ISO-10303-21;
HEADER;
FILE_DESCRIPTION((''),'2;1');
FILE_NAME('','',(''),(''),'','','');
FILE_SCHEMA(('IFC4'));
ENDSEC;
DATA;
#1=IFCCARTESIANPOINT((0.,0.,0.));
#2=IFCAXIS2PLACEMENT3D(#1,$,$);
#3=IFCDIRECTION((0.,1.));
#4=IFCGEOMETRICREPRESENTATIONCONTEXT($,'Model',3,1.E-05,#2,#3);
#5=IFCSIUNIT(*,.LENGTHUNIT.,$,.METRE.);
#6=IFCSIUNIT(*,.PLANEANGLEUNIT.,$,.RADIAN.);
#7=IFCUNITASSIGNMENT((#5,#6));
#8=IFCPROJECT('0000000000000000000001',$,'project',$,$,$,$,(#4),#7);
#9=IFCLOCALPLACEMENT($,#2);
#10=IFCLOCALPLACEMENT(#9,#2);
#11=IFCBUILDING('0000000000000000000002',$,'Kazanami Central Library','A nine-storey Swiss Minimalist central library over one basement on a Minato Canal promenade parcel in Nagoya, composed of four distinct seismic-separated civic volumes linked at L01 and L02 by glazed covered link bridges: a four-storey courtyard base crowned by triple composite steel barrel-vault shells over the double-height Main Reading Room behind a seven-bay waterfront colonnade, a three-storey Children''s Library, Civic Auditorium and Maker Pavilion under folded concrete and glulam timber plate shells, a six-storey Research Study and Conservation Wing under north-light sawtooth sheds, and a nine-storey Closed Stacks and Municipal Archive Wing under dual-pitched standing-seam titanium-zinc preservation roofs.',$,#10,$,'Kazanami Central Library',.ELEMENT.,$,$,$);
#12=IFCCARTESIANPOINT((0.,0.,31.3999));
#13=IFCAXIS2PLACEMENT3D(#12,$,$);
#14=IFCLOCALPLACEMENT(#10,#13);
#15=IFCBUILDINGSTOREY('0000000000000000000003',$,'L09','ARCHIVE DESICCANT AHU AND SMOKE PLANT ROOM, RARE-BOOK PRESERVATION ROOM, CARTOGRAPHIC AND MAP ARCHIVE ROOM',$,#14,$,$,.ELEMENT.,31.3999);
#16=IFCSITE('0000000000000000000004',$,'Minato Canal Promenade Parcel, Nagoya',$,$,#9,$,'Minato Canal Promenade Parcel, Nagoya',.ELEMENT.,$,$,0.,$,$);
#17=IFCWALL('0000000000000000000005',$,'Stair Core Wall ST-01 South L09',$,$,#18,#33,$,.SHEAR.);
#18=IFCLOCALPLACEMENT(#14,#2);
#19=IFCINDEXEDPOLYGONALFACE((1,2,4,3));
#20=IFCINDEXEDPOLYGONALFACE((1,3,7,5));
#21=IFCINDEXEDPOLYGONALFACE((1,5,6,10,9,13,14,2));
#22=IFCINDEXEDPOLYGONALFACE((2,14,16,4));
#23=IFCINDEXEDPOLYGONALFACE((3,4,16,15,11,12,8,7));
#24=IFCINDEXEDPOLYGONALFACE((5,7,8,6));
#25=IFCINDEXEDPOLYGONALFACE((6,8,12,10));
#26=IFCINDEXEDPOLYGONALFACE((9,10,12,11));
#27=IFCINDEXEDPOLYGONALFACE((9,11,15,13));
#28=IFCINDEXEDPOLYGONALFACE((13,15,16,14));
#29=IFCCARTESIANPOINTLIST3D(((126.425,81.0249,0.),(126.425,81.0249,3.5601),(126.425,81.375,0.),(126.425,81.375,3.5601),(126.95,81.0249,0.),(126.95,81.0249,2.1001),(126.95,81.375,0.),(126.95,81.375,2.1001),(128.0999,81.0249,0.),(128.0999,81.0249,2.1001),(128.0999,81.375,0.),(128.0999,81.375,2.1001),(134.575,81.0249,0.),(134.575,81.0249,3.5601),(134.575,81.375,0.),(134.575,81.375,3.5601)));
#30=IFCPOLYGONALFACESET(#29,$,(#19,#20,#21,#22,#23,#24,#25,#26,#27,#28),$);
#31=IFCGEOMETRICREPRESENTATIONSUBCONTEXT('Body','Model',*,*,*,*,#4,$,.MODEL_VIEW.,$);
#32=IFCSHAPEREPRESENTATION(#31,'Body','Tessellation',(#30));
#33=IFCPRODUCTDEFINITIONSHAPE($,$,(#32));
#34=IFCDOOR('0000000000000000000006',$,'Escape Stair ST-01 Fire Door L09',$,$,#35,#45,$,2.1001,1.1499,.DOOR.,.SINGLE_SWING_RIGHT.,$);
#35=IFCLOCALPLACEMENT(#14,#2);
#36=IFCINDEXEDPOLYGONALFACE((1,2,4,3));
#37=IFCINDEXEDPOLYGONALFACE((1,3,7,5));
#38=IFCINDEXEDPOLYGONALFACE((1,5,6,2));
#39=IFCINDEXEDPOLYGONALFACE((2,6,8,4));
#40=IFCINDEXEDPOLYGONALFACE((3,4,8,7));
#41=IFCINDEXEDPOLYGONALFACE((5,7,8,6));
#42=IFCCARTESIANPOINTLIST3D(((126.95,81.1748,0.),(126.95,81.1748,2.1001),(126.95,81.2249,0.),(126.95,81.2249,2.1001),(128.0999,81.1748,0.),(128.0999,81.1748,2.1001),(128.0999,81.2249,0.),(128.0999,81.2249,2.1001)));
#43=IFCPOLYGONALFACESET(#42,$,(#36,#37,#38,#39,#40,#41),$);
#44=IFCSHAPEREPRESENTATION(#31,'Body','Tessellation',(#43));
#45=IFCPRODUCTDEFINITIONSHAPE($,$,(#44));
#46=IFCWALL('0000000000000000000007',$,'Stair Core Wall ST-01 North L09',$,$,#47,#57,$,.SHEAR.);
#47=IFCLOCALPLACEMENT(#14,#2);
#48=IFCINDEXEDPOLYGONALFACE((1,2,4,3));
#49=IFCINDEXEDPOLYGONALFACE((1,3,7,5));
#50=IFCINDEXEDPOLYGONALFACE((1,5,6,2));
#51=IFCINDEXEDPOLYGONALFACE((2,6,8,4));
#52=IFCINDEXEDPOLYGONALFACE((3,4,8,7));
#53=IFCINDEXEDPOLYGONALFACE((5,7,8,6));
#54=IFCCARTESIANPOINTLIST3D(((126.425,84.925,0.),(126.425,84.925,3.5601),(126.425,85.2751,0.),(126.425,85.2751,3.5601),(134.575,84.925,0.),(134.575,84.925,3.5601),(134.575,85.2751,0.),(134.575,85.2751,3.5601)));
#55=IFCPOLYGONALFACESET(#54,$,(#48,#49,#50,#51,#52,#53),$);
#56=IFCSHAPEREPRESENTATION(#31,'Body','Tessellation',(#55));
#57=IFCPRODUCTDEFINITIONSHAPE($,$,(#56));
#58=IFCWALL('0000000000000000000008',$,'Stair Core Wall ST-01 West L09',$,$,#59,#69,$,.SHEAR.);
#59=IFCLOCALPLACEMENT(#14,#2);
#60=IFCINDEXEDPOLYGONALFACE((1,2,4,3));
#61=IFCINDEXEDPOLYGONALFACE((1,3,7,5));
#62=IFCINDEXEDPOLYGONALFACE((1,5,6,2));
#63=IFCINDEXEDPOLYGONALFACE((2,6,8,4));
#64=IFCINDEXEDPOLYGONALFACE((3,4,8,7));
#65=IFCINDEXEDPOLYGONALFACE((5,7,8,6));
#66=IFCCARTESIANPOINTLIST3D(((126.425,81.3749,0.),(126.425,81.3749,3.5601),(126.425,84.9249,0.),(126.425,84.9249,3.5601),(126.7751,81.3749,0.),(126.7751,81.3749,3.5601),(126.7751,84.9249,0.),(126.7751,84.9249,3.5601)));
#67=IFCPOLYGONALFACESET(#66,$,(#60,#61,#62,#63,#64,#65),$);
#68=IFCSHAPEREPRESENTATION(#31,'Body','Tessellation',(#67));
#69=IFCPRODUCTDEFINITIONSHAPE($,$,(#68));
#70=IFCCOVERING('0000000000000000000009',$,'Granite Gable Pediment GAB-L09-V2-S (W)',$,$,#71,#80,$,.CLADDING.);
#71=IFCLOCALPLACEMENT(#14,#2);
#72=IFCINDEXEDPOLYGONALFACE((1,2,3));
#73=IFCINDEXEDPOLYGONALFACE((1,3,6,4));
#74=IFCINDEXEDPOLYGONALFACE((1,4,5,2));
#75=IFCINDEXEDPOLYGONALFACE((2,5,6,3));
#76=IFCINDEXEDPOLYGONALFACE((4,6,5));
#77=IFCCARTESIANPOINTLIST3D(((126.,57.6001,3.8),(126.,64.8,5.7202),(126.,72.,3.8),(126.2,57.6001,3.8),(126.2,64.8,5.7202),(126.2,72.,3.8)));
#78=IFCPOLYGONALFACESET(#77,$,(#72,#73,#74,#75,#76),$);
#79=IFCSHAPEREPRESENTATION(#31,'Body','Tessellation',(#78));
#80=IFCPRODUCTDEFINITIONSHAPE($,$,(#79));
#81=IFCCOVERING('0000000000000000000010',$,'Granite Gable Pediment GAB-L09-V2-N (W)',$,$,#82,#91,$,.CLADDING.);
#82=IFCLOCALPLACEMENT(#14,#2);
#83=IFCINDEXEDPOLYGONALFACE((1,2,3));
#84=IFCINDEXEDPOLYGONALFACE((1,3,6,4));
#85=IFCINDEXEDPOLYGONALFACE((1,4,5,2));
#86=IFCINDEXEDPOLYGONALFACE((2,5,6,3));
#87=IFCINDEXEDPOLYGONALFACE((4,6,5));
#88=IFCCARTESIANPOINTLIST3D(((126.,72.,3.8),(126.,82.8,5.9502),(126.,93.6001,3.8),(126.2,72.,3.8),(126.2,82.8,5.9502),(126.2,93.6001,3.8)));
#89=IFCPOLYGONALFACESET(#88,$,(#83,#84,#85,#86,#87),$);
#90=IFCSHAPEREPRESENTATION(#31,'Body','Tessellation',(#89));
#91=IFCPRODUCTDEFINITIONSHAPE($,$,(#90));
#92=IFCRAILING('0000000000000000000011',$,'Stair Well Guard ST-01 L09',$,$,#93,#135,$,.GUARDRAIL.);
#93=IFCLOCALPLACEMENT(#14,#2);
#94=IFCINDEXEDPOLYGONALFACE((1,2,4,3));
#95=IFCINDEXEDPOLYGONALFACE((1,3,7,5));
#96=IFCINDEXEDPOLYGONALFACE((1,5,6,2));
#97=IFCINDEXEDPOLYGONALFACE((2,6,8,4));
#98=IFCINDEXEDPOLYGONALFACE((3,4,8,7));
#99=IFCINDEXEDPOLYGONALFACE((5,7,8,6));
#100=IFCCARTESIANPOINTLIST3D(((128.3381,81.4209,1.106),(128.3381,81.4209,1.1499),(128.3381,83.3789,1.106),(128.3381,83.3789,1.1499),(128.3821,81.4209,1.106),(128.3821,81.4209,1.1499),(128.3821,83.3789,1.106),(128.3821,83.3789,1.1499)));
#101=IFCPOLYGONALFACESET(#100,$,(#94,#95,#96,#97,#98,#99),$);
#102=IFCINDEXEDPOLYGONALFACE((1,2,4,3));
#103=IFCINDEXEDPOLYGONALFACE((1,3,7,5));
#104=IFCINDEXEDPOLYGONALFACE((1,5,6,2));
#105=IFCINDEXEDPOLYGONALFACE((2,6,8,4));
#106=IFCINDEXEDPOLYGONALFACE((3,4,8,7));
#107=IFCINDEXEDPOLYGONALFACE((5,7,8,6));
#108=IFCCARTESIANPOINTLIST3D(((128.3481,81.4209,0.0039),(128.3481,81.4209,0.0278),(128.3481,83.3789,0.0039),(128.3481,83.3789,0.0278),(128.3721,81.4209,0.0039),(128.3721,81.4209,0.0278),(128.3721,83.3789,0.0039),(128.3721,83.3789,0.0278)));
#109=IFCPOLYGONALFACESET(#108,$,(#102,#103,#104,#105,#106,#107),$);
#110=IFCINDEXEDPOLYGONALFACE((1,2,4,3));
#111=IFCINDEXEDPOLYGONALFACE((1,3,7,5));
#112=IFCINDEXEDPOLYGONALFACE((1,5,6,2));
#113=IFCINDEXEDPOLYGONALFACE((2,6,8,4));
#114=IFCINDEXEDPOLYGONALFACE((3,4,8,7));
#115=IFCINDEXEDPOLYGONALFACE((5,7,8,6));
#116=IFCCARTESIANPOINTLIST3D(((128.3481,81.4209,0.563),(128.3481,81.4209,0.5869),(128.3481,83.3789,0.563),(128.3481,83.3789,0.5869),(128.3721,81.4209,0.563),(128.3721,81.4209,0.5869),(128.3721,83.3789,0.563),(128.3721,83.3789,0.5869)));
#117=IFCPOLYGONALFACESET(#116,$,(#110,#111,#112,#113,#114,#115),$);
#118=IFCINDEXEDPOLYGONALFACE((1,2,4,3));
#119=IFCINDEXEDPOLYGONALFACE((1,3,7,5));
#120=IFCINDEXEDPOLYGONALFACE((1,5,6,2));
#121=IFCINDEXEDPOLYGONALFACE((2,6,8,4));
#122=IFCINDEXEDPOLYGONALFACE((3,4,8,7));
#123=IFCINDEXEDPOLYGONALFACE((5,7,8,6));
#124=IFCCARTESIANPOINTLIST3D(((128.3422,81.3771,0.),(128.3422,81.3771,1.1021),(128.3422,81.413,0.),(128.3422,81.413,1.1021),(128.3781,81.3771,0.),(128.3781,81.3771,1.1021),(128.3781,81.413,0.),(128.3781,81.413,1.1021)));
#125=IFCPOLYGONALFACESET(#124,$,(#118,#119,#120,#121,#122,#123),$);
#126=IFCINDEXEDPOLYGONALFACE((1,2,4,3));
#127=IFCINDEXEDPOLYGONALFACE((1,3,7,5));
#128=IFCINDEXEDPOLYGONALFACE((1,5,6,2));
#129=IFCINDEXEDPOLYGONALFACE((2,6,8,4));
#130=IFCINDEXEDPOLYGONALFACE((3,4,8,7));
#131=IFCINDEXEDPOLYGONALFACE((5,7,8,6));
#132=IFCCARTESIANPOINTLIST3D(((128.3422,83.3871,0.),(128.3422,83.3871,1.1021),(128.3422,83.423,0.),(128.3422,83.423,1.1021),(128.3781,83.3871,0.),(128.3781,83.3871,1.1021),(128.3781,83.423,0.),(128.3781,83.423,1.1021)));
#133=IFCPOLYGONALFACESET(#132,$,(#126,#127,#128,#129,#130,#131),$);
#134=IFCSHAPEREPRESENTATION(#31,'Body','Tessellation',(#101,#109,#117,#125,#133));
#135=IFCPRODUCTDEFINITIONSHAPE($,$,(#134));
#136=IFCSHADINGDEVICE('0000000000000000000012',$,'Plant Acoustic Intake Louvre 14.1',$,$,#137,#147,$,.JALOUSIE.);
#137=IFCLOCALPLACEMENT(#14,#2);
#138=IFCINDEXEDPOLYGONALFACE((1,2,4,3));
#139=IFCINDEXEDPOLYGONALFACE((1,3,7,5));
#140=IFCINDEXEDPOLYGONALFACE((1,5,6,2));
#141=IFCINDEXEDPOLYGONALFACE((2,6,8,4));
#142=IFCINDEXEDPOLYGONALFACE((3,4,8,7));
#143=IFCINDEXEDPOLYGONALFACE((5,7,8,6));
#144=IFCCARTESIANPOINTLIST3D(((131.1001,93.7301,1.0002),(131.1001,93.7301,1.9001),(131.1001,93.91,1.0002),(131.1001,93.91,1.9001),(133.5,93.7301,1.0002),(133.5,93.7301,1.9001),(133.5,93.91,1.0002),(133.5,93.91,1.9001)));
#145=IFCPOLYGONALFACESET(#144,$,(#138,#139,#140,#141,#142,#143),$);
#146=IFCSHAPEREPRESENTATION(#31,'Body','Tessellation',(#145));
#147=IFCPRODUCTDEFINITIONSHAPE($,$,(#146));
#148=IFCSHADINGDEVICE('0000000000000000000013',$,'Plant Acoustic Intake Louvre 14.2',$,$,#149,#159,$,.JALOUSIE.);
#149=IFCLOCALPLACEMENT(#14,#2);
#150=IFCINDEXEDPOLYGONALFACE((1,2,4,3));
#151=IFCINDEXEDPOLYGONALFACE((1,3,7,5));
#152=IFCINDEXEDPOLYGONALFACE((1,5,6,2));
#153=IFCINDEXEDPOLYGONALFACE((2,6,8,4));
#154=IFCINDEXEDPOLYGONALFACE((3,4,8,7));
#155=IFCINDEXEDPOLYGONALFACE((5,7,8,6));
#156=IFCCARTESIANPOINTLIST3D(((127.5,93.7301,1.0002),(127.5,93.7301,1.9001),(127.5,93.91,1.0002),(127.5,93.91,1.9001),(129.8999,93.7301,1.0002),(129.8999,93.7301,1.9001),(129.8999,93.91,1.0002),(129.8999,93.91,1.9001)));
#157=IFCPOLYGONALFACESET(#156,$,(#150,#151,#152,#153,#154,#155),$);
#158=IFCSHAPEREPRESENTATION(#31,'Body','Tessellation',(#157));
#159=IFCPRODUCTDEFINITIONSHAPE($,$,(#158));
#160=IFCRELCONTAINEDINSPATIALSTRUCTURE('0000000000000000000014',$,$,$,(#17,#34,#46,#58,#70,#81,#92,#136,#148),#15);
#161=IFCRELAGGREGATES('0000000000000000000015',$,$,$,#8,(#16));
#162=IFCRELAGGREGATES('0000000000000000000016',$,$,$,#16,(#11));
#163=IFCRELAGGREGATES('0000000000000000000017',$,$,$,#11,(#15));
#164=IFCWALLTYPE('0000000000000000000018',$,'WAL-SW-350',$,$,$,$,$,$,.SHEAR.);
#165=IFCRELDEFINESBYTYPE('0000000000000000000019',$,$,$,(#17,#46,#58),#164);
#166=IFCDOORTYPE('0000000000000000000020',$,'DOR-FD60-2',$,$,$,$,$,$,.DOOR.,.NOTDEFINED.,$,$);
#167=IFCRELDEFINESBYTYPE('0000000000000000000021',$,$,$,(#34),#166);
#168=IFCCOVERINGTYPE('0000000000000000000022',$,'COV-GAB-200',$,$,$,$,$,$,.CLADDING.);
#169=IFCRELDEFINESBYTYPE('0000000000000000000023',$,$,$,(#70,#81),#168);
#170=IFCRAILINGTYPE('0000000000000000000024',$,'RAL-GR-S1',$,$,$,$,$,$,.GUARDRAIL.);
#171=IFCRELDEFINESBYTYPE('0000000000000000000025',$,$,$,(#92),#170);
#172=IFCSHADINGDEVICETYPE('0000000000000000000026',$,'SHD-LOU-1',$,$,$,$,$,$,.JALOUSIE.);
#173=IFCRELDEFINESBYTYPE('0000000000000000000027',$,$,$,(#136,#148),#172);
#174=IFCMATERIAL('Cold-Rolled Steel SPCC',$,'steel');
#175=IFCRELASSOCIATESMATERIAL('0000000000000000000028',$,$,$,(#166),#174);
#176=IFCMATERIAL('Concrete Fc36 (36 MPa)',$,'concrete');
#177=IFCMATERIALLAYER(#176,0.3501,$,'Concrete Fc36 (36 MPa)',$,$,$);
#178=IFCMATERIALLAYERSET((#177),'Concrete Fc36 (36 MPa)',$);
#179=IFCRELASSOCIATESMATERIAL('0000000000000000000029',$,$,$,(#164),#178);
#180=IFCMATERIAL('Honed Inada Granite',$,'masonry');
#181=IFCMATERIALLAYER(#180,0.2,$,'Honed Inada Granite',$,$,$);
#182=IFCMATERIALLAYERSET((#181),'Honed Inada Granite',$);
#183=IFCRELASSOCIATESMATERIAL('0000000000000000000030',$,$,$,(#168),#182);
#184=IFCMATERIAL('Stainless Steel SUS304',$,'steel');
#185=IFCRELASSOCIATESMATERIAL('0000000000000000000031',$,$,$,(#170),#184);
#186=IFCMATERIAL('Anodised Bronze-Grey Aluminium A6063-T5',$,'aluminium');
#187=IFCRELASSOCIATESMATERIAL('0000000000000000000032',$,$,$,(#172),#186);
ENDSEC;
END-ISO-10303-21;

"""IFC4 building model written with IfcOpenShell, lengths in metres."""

from ifc_helpers import new_model, si_unit, direction, frame, frame_2d, origin, origin_2d, place, context, subcontext, project, spatial, polyline, rectangle, outline, extrude, material, layer, layer_set, type_object, element, fill, save


model = new_model("IFC4")

# Units and contexts
model_context = context("Model", 3, precision=1e-05, world=origin(), true_north=direction((0.0, 1.0)))
body_context = subcontext(model_context, "Body", "Model", "MODEL_VIEW")
ifc_project = project(units=[si_unit("LENGTHUNIT", "METRE"), si_unit("PLANEANGLEUNIT", "RADIAN")], contexts=[model_context])

# Site, building, storey
site_placement = place(None, origin())
site = spatial("IfcSite", under=ifc_project, at=site_placement, Name="Minato Canal Promenade Parcel, Nagoya", LongName="Minato Canal Promenade Parcel, Nagoya", CompositionType="ELEMENT", RefElevation=0.0)
building_placement = place(site_placement, origin())
building = spatial("IfcBuilding", under=site, at=building_placement, Name="Kazanami Central Library", Description="A nine-storey Swiss Minimalist central library over one basement on a Minato Canal promenade parcel in Nagoya, composed of four distinct seismic-separated civic volumes linked at L01 and L02 by glazed covered link bridges: a four-storey courtyard base crowned by triple composite steel barrel-vault shells over the double-height Main Reading Room behind a seven-bay waterfront colonnade, a three-storey Children's Library, Civic Auditorium and Maker Pavilion under folded concrete and glulam timber plate shells, a six-storey Research Study and Conservation Wing under north-light sawtooth sheds, and a nine-storey Closed Stacks and Municipal Archive Wing under dual-pitched standing-seam titanium-zinc preservation roofs.", LongName="Kazanami Central Library", CompositionType="ELEMENT")
storey_placement = place(building_placement, frame((0.0, 0.0, 31.3999)))
storey = spatial("IfcBuildingStorey", under=building, at=storey_placement, Name="L09", Description="ARCHIVE DESICCANT AHU AND SMOKE PLANT ROOM, RARE-BOOK PRESERVATION ROOM, CARTOGRAPHIC AND MAP ARCHIVE ROOM", CompositionType="ELEMENT", Elevation=31.3999)

# Shared definitions
ifc_material_1 = material(Name="Concrete Fc36 (36 MPa)", Category="concrete")
ifc_material_2 = material(Name="Honed Inada Granite", Category="masonry")

# Shared definitions
ifc_material_3 = material(Name="Cold-Rolled Steel SPCC", Category="steel")

# Shared definitions
door_type_1 = type_object("IfcDoorType", Name="DOR-FD60-2", OperationType="NOTDEFINED", PredefinedType="DOOR", material=ifc_material_3)

# Wall, opening, door
ifc_layer_1 = layer(ifc_material_1, 0.3501, Name="Concrete Fc36 (36 MPa)")
ifc_layer_set_1 = layer_set([ifc_layer_1], Name="Concrete Fc36 (36 MPa)")
wall_type_1 = type_object("IfcWallType", Name="WAL-SW-350", PredefinedType="SHEAR", material=ifc_layer_set_1)
wall_1_placement = place(storey_placement, frame((126.425, 81.2, 0.0), z_axis=(0.0, 0.0, 1.0), x_axis=(1.0, 0.0, 0.0)))
wall_1 = element("IfcWall", 1, at=wall_1_placement, inside=storey, type_object=wall_type_1, Name="Stair Core Wall ST-01 South L09", PredefinedType="SHEAR", context=body_context, shape_type="SweptSolid", body=[
    extrude(rectangle(XDim=8.1499, YDim=0.3501, at=frame_2d((4.075, 0.0))), origin(), (0.0, 0.0, 1.0), 3.5601),
])
opening_1_placement = place(wall_1_placement, frame((0.5249, 0.0, 0.0)))
opening_1 = element("IfcOpeningElement", 2, at=opening_1_placement, cuts=wall_1, PredefinedType="OPENING", context=body_context, shape_type="SweptSolid", body=[
    extrude(rectangle(XDim=1.1499, YDim=2.1001, at=frame_2d((0.575, 1.05))), frame((0.0, 0.187, 0.0), z_axis=(0.0, -1.0, 0.0), x_axis=(1.0, 0.0, 0.0)), (0.0, 0.0, 1.0), 0.374),
])
door_1_placement = place(opening_1_placement, origin())
door_1 = element("IfcDoor", 3, at=door_1_placement, inside=storey, type_object=door_type_1, Name="Escape Stair ST-01 Fire Door L09", OperationType="SINGLE_SWING_RIGHT", OverallHeight=2.1001, OverallWidth=1.1499, PredefinedType="DOOR", context=body_context, shape_type="SweptSolid", body=[
    extrude(rectangle(XDim=1.1499, YDim=2.1001, at=frame_2d((0.575, 1.05))), frame((0.0, 0.0249, 0.0), z_axis=(0.0, -1.0, 0.0), x_axis=(1.0, 0.0, 0.0)), (0.0, 0.0, 1.0), 0.05),
])
fill(opening_1, door_1)

# Walls
wall_2_placement = place(storey_placement, frame((126.425, 85.1001, 0.0), z_axis=(0.0, 0.0, 1.0), x_axis=(1.0, 0.0, 0.0)))
element("IfcWall", 4, at=wall_2_placement, inside=storey, type_object=wall_type_1, Name="Stair Core Wall ST-01 North L09", PredefinedType="SHEAR", context=body_context, shape_type="SweptSolid", body=[
    extrude(rectangle(XDim=8.1499, YDim=0.3501, at=frame_2d((4.075, 0.0))), origin(), (0.0, 0.0, 1.0), 3.5601),
])
wall_3_placement = place(storey_placement, frame((126.6001, 81.375, 0.0), z_axis=(0.0, 0.0, 1.0), x_axis=(0.0, 1.0, 0.0)))
element("IfcWall", 5, at=wall_3_placement, inside=storey, type_object=wall_type_1, Name="Stair Core Wall ST-01 West L09", PredefinedType="SHEAR", context=body_context, shape_type="SweptSolid", body=[
    extrude(rectangle(XDim=3.55, YDim=0.3501, at=frame_2d((1.7749, 0.0))), origin(), (0.0, 0.0, 1.0), 3.5601),
])

# Coverings
ifc_layer_2 = layer(ifc_material_2, 0.2, Name="Honed Inada Granite")
ifc_layer_set_2 = layer_set([ifc_layer_2], Name="Honed Inada Granite")
covering_type = type_object("IfcCoveringType", Name="COV-GAB-200", PredefinedType="CLADDING", material=ifc_layer_set_2)
covering_1_placement = place(storey_placement, frame((126.2, 57.6001, 3.8), z_axis=(1.0, 0.0, 0.0), x_axis=(0.0, 1.0, 0.0)))
element("IfcCovering", 6, at=covering_1_placement, inside=storey, type_object=covering_type, Name="Granite Gable Pediment GAB-L09-V2-S (W)", PredefinedType="CLADDING", context=body_context, shape_type="SweptSolid", body=[
    extrude(outline(polyline([(0.0, 0.0), (14.3999, 0.0), (7.2, 1.9202), (0.0, 0.0)])), origin(), (0.0, 0.0, -1.0), 0.2),
])
covering_2_placement = place(storey_placement, frame((126.2, 72.0, 3.8), z_axis=(1.0, 0.0, 0.0), x_axis=(0.0, 1.0, 0.0)))
element("IfcCovering", 7, at=covering_2_placement, inside=storey, type_object=covering_type, Name="Granite Gable Pediment GAB-L09-V2-N (W)", PredefinedType="CLADDING", context=body_context, shape_type="SweptSolid", body=[
    extrude(outline(polyline([(0.0, 0.0), (21.6001, 0.0), (10.8, 2.1501), (0.0, 0.0)])), origin(), (0.0, 0.0, -1.0), 0.2),
])

# Railing
ifc_material_4 = material(Name="Stainless Steel SUS304", Category="steel")
railing_type = type_object("IfcRailingType", Name="RAL-GR-S1", PredefinedType="GUARDRAIL", material=ifc_material_4)
railing_placement = place(storey_placement, frame((128.3601, 81.395, 0.0)))
element("IfcRailing", 8, at=railing_placement, inside=storey, type_object=railing_type, Name="Stair Well Guard ST-01 L09", PredefinedType="GUARDRAIL", context=body_context, shape_type="SweptSolid", body=[
    extrude(rectangle(XDim=0.0439, YDim=0.0439, at=origin_2d()), frame((0.0, 0.0259, 1.1279), z_axis=(0.0, 1.0, 0.0), x_axis=(-1.0, 0.0, 0.0)), (0.0, 0.0, 1.0), 1.958),
    extrude(rectangle(XDim=0.0239, YDim=0.0239, at=origin_2d()), frame((0.0, 0.0259, 0.0159), z_axis=(0.0, 1.0, 0.0), x_axis=(-1.0, 0.0, 0.0)), (0.0, 0.0, 1.0), 1.958),
    extrude(rectangle(XDim=0.0239, YDim=0.0239, at=origin_2d()), frame((0.0, 0.0259, 0.575), z_axis=(0.0, 1.0, 0.0), x_axis=(-1.0, 0.0, 0.0)), (0.0, 0.0, 1.0), 1.958),
    extrude(rectangle(XDim=0.0359, YDim=0.0359, at=origin_2d()), origin(), (0.0, 0.0, 1.0), 1.1021),
    extrude(rectangle(XDim=0.0359, YDim=0.0359, at=origin_2d()), frame((0.0, 2.01, 0.0)), (0.0, 0.0, 1.0), 1.1021),
])

# Shading devices
ifc_material_5 = material(Name="Anodised Bronze-Grey Aluminium A6063-T5", Category="aluminium")
shading_device_type = type_object("IfcShadingDeviceType", Name="SHD-LOU-1", PredefinedType="JALOUSIE", material=ifc_material_5)
for number, where, z_axis, x_axis, name in (
    (9, (132.3, 93.8201, 1.0002), (0.0, 0.0, 1.0), (-1.0, 0.0, 0.0), "Plant Acoustic Intake Louvre 14.1"),
    (10, (128.7, 93.8201, 1.0002), (0.0, 0.0, 1.0), (-1.0, 0.0, 0.0), "Plant Acoustic Intake Louvre 14.2"),
):
    element("IfcShadingDevice", number, at=place(storey_placement, frame(where, z_axis=z_axis, x_axis=x_axis)), inside=storey, type_object=shading_device_type, Name=name, PredefinedType="JALOUSIE", context=body_context, shape_type="SweptSolid", body=[
        extrude(rectangle(XDim=2.3999, YDim=0.1799, at=origin_2d()), origin(), (0.0, 0.0, 1.0), 0.8999),
    ])

save(model, "model.ifc")
